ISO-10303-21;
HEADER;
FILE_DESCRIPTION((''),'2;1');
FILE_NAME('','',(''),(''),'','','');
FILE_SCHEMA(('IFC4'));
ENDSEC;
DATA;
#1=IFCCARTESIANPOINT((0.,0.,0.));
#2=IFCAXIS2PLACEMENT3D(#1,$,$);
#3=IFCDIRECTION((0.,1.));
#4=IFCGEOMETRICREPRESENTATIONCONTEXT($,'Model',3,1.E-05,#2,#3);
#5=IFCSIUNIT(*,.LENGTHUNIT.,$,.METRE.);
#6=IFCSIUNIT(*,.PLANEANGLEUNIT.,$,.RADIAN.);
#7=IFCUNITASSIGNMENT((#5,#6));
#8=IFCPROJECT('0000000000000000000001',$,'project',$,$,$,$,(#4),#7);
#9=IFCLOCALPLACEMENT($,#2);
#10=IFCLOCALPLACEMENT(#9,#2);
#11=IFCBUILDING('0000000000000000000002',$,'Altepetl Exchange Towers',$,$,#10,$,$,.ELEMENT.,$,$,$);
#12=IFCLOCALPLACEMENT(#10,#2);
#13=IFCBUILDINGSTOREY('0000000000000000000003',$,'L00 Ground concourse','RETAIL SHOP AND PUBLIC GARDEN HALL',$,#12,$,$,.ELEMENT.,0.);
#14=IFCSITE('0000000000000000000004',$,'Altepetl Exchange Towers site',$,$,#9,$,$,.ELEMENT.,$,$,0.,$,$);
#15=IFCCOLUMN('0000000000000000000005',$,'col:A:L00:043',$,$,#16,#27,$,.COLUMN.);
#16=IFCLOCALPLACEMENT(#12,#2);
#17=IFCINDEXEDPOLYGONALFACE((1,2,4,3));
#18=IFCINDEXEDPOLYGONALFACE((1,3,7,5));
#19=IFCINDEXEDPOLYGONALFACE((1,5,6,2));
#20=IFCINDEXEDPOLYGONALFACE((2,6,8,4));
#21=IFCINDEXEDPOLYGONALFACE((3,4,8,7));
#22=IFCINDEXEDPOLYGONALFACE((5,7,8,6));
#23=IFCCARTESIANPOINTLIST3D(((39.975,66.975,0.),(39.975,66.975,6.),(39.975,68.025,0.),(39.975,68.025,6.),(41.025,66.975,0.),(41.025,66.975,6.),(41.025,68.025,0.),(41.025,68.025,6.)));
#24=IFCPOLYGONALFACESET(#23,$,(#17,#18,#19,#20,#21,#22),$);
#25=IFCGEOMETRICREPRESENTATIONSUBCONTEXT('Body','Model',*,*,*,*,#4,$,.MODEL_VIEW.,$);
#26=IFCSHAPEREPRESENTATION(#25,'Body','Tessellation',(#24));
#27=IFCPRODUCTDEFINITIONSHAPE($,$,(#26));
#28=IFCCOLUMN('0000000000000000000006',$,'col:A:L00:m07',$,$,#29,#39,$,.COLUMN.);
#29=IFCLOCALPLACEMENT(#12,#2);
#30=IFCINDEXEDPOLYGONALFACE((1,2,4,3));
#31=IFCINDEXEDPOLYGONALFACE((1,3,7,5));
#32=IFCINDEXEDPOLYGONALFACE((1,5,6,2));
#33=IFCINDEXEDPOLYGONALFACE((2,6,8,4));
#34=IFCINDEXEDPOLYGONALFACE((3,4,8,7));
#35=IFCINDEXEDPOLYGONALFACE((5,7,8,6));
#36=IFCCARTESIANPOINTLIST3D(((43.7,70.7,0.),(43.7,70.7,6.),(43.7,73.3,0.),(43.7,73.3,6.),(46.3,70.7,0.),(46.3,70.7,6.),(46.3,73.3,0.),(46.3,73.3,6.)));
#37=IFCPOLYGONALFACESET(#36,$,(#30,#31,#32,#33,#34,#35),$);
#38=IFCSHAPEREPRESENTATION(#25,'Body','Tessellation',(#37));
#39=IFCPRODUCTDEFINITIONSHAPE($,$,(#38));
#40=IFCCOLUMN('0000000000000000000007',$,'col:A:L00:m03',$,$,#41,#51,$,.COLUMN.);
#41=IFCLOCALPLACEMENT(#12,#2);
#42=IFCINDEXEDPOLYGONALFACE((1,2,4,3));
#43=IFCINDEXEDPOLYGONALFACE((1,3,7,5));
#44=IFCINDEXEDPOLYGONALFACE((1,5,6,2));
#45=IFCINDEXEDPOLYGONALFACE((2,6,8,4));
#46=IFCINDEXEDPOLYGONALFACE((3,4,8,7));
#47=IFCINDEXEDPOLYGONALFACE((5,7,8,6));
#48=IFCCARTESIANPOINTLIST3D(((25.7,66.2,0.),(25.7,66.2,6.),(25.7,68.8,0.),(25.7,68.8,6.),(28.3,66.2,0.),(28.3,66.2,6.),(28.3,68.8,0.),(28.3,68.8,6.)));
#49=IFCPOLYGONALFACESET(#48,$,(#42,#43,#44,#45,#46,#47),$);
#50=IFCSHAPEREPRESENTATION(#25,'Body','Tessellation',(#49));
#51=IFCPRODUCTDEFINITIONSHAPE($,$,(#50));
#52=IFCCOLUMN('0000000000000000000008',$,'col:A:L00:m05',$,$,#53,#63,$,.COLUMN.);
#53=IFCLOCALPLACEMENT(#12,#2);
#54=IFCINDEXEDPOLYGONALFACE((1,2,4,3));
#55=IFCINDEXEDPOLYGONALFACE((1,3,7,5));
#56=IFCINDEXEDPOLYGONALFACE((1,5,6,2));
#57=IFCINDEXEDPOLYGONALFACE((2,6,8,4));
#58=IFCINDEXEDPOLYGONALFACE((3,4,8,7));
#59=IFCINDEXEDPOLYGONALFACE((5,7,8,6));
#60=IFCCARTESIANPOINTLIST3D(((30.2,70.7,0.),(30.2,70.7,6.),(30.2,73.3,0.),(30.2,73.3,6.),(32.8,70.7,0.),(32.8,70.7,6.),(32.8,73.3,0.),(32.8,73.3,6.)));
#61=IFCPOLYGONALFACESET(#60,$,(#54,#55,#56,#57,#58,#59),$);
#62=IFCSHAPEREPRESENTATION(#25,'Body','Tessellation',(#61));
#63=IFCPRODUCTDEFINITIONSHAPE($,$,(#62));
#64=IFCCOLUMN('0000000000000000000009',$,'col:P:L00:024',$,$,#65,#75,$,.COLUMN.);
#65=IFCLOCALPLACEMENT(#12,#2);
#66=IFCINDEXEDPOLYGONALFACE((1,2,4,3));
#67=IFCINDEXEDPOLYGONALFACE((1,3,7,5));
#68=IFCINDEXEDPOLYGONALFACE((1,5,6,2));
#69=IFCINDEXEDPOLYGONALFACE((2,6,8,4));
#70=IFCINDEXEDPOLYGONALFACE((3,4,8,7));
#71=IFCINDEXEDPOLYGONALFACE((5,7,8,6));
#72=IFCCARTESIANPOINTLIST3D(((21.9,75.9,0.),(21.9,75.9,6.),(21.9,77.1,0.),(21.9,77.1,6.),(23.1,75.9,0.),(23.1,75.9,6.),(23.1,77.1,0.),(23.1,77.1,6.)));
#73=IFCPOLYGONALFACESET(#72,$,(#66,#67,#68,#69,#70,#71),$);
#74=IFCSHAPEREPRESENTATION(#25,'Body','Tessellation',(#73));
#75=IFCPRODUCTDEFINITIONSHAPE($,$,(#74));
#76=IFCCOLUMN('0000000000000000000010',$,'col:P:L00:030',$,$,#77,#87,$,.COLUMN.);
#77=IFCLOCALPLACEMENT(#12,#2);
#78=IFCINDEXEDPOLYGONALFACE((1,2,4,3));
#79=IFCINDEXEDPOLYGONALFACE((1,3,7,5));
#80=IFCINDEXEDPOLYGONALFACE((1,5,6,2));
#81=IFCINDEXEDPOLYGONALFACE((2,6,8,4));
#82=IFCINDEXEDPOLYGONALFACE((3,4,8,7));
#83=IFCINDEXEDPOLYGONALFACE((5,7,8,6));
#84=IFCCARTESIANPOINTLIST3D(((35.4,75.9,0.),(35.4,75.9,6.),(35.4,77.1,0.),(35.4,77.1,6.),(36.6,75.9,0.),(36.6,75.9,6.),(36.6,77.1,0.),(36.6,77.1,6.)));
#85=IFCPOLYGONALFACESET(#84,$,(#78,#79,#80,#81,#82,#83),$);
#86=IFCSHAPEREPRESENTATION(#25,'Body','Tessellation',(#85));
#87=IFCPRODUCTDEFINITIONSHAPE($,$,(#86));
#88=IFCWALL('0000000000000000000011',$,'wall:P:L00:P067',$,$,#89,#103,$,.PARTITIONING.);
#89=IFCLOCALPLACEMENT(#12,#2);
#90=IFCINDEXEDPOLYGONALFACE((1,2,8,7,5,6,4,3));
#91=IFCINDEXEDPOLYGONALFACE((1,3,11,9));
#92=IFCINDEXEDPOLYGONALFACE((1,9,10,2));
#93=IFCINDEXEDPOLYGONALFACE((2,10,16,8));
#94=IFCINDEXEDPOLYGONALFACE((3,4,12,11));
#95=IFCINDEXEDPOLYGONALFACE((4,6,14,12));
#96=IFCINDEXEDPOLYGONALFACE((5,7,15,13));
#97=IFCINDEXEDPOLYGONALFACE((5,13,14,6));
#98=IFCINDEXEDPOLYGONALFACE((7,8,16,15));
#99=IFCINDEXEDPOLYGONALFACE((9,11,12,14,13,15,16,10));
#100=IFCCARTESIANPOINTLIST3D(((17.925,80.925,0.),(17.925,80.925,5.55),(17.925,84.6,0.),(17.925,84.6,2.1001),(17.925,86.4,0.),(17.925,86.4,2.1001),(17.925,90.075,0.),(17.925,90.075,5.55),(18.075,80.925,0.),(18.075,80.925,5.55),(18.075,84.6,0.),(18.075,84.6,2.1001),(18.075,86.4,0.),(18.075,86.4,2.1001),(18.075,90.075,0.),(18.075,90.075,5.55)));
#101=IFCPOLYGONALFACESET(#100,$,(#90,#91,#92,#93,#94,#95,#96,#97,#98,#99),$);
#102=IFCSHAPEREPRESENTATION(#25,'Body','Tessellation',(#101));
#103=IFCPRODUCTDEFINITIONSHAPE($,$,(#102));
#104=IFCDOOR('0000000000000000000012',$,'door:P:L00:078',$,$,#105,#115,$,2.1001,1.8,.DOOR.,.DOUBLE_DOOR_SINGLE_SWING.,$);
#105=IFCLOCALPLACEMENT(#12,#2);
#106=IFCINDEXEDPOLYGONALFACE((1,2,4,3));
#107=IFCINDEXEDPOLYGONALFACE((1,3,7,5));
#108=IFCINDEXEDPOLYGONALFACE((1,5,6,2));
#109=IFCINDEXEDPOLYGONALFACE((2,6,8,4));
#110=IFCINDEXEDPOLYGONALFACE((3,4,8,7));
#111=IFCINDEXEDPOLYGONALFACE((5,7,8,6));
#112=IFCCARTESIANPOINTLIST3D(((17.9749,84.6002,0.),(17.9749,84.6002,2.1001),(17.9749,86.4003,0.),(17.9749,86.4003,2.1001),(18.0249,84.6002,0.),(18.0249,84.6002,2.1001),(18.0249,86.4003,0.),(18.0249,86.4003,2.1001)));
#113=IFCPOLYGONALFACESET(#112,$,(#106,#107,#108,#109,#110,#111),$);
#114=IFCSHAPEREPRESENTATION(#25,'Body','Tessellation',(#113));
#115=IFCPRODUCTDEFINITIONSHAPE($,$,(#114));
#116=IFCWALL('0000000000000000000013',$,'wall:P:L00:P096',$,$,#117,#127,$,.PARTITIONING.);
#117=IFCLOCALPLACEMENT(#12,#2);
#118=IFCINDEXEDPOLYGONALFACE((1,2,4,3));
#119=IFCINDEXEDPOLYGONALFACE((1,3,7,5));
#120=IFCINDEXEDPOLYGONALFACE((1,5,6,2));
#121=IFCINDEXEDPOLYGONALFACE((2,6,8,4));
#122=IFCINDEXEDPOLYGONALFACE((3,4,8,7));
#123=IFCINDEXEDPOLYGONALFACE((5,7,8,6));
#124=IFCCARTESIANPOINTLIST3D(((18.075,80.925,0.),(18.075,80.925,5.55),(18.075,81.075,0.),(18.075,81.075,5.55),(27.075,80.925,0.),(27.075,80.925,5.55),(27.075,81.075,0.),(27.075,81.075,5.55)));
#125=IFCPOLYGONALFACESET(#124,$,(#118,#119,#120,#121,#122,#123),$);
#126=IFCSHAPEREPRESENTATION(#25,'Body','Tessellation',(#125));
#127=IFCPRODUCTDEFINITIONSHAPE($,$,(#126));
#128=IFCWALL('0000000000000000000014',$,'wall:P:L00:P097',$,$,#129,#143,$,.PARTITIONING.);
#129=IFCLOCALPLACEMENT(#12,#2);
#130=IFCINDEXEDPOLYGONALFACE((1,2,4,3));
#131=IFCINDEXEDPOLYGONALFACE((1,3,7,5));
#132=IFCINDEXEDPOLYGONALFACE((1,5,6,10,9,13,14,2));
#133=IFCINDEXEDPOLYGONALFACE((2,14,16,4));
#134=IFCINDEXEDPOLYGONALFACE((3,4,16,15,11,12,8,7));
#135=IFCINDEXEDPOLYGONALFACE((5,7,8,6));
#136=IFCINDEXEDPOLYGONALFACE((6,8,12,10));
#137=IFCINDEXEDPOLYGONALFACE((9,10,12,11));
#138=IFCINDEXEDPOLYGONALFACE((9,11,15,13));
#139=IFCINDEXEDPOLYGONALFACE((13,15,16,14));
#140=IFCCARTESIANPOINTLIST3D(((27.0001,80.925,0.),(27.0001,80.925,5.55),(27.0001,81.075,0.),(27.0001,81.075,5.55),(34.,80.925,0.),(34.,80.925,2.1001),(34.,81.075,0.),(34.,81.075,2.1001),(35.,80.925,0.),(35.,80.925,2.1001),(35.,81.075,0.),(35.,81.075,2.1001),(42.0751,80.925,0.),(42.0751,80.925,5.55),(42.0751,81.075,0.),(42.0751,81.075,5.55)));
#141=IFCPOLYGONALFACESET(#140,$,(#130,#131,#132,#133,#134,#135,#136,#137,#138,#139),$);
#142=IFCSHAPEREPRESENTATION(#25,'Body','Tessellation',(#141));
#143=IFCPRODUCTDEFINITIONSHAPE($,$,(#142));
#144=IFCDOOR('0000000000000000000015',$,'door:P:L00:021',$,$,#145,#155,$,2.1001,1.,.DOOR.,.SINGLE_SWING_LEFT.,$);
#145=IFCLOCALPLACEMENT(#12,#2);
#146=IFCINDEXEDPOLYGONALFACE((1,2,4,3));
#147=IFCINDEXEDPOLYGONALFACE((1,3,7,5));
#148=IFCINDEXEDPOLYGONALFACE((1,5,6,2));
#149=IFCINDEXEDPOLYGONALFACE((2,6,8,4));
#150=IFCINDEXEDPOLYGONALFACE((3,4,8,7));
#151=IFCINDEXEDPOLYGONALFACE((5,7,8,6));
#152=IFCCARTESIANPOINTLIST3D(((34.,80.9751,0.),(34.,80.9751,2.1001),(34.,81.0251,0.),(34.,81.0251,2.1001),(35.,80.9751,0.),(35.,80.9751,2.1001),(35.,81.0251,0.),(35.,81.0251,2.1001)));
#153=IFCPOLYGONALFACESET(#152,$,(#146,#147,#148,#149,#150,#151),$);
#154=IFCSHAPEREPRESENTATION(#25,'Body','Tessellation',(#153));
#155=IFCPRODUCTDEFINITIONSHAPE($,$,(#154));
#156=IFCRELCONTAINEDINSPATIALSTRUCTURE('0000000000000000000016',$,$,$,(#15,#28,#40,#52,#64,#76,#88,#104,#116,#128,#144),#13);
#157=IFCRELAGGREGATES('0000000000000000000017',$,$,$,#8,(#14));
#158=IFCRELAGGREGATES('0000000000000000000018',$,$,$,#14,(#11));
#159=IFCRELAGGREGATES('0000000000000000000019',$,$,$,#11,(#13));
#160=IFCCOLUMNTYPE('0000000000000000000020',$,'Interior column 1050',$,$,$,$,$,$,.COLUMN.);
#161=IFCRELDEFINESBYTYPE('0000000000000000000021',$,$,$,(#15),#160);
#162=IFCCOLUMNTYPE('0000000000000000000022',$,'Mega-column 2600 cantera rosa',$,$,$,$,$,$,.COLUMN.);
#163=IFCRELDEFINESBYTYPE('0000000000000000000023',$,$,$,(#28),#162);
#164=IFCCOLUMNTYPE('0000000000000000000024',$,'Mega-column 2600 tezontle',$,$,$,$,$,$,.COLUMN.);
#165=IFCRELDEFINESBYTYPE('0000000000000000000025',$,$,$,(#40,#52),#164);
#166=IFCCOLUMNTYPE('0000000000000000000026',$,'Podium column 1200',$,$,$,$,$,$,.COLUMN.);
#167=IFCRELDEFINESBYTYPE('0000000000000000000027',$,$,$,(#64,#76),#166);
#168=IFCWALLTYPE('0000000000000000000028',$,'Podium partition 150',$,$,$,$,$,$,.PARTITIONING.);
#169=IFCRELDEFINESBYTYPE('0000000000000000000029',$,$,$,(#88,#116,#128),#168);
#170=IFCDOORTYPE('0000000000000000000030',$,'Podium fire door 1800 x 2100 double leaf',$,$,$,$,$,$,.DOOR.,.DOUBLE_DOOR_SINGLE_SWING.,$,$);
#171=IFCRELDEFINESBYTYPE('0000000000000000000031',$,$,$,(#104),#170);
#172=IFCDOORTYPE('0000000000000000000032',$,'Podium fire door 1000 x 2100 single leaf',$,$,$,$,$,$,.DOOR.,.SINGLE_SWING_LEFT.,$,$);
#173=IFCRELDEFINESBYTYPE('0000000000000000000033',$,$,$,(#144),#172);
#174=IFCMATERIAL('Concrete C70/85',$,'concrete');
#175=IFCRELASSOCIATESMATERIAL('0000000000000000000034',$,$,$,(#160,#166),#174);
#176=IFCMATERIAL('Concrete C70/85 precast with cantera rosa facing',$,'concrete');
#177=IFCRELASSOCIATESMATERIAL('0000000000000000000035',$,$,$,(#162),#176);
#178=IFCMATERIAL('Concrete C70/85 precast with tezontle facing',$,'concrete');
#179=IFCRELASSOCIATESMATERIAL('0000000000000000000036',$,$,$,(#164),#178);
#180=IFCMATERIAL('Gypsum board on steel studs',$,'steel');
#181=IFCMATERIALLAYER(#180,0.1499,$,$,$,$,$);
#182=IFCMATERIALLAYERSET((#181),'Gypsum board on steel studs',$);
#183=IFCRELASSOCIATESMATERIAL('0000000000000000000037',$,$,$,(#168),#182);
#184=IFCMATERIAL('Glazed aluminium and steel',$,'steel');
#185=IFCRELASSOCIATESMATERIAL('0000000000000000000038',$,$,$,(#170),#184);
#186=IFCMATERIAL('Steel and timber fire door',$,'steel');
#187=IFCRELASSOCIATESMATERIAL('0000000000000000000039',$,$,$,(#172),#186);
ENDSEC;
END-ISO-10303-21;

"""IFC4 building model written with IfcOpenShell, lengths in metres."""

from ifc_helpers import new_model, si_unit, direction, frame, frame_2d, origin, origin_2d, place, context, subcontext, project, spatial, rectangle, extrude, material, layer, layer_set, material_profile, profile_set, type_object, element, fill, save


model = new_model("IFC4")

# Units and contexts
model_context = context("Model", 3, precision=1e-05, world=origin(), true_north=direction((0.0, 1.0)))
body_context = subcontext(model_context, "Body", "Model", "MODEL_VIEW")
ifc_project = project(units=[si_unit("LENGTHUNIT", "METRE"), si_unit("PLANEANGLEUNIT", "RADIAN")], contexts=[model_context])

# Site, building, storey
site_placement = place(None, origin())
site = spatial("IfcSite", under=ifc_project, at=site_placement, Name="Altepetl Exchange Towers site", CompositionType="ELEMENT", RefElevation=0.0)
building_placement = place(site_placement, origin())
building = spatial("IfcBuilding", under=site, at=building_placement, Name="Altepetl Exchange Towers", CompositionType="ELEMENT")
storey_placement = place(building_placement, origin())
storey = spatial("IfcBuildingStorey", under=building, at=storey_placement, Name="L00 Ground concourse", Description="RETAIL SHOP AND PUBLIC GARDEN HALL", CompositionType="ELEMENT", Elevation=0.0)

# Columns
ifc_material_1 = material(Name="Concrete C70/85", Category="concrete")
ifc_material_profile_1 = material_profile(ifc_material_1, rectangle(XDim=1.05, YDim=1.05, at=origin_2d()), Name="1050 x 1050")
ifc_profile_set_1 = profile_set([ifc_material_profile_1], Name="Concrete C70/85")
column_type_1 = type_object("IfcColumnType", Name="Interior column 1050", PredefinedType="COLUMN", material=ifc_profile_set_1)
column_1_placement = place(storey_placement, frame((40.5, 67.5, 0.0)))
element("IfcColumn", 1, at=column_1_placement, inside=storey, type_object=column_type_1, Name="col:A:L00:043", PredefinedType="COLUMN", context=body_context, shape_type="SweptSolid", body=[
    extrude(rectangle(XDim=1.05, YDim=1.05, at=origin_2d()), origin(), (0.0, 0.0, 1.0), 6.0),
])
ifc_material_2 = material(Name="Concrete C70/85 precast with cantera rosa facing", Category="concrete")
ifc_material_profile_2 = material_profile(ifc_material_2, rectangle(XDim=2.6001, YDim=2.6001, at=origin_2d()), Name="2600 x 2600")
ifc_profile_set_2 = profile_set([ifc_material_profile_2], Name="Concrete C70/85 precast with cantera rosa facing")
column_type_2 = type_object("IfcColumnType", Name="Mega-column 2600 cantera rosa", PredefinedType="COLUMN", material=ifc_profile_set_2)
column_2_placement = place(storey_placement, frame((45.0, 72.0, 0.0)))
element("IfcColumn", 2, at=column_2_placement, inside=storey, type_object=column_type_2, Name="col:A:L00:m07", PredefinedType="COLUMN", context=body_context, shape_type="SweptSolid", body=[
    extrude(rectangle(XDim=2.6001, YDim=2.6001, at=origin_2d()), origin(), (0.0, 0.0, 1.0), 6.0),
])
ifc_material_3 = material(Name="Concrete C70/85 precast with tezontle facing", Category="concrete")
ifc_material_profile_3 = material_profile(ifc_material_3, rectangle(XDim=2.6001, YDim=2.6001, at=origin_2d()), Name="2600 x 2600")
ifc_profile_set_3 = profile_set([ifc_material_profile_3], Name="Concrete C70/85 precast with tezontle facing")
column_type_3 = type_object("IfcColumnType", Name="Mega-column 2600 tezontle", PredefinedType="COLUMN", material=ifc_profile_set_3)
for number, where, name in (
    (3, (27.0, 67.5, 0.0), "col:A:L00:m03"),
    (4, (31.5, 72.0, 0.0), "col:A:L00:m05"),
):
    element("IfcColumn", number, at=place(storey_placement, frame(where)), inside=storey, type_object=column_type_3, Name=name, PredefinedType="COLUMN", context=body_context, shape_type="SweptSolid", body=[
        extrude(rectangle(XDim=2.6001, YDim=2.6001, at=origin_2d()), origin(), (0.0, 0.0, 1.0), 6.0),
    ])
ifc_material_profile_4 = material_profile(ifc_material_1, rectangle(XDim=1.2, YDim=1.2, at=origin_2d()), Name="1200 x 1200")
ifc_profile_set_4 = profile_set([ifc_material_profile_4], Name="Concrete C70/85")
column_type_4 = type_object("IfcColumnType", Name="Podium column 1200", PredefinedType="COLUMN", material=ifc_profile_set_4)
for number, where, name in (
    (5, (22.5, 76.5, 0.0), "col:P:L00:024"),
    (6, (36.0, 76.5, 0.0), "col:P:L00:030"),
):
    element("IfcColumn", number, at=place(storey_placement, frame(where)), inside=storey, type_object=column_type_4, Name=name, PredefinedType="COLUMN", context=body_context, shape_type="SweptSolid", body=[
        extrude(rectangle(XDim=1.2, YDim=1.2, at=origin_2d()), origin(), (0.0, 0.0, 1.0), 6.0),
    ])

# Wall, opening, door
ifc_material_4 = material(Name="Gypsum board on steel studs", Category="steel")
ifc_layer = layer(ifc_material_4, 0.1499)
ifc_layer_set = layer_set([ifc_layer], Name="Gypsum board on steel studs")
wall_type = type_object("IfcWallType", Name="Podium partition 150", PredefinedType="PARTITIONING", material=ifc_layer_set)
wall_1_placement = place(storey_placement, frame((18.0, 80.925, 0.0), z_axis=(0.0, 0.0, 1.0), x_axis=(0.0, 1.0, 0.0)))
wall_1 = element("IfcWall", 7, at=wall_1_placement, inside=storey, type_object=wall_type, Name="wall:P:L00:P067", PredefinedType="PARTITIONING", context=body_context, shape_type="SweptSolid", body=[
    extrude(rectangle(XDim=9.1499, YDim=0.1499, at=frame_2d((4.575, 0.0))), origin(), (0.0, 0.0, 1.0), 5.55),
])
opening_1_placement = place(wall_1_placement, frame((3.675, 0.0, 0.0)))
opening_1 = element("IfcOpeningElement", 8, at=opening_1_placement, cuts=wall_1, PredefinedType="OPENING", context=body_context, shape_type="SweptSolid", body=[
    extrude(rectangle(XDim=1.8, YDim=2.1001, at=frame_2d((0.8999, 1.05))), frame((0.0, 0.085, 0.0), z_axis=(0.0, -1.0, 0.0), x_axis=(1.0, 0.0, 0.0)), (0.0, 0.0, 1.0), 0.1699),
])
ifc_material_5 = material(Name="Glazed aluminium and steel", Category="steel")
door_type_1 = type_object("IfcDoorType", Name="Podium fire door 1800 x 2100 double leaf", OperationType="DOUBLE_DOOR_SINGLE_SWING", PredefinedType="DOOR", material=ifc_material_5)
door_1_placement = place(opening_1_placement, frame((1.8, 0.0, 0.0), x_axis=(-1.0, 0.0, 0.0)))
door_1 = element("IfcDoor", 9, at=door_1_placement, inside=storey, type_object=door_type_1, Name="door:P:L00:078", OperationType="DOUBLE_DOOR_SINGLE_SWING", OverallHeight=2.1001, OverallWidth=1.8, PredefinedType="DOOR", context=body_context, shape_type="SweptSolid", body=[
    extrude(rectangle(XDim=1.8, YDim=2.1001, at=frame_2d((0.8999, 1.05))), frame((0.0, 0.0249, 0.0), z_axis=(0.0, -1.0, 0.0), x_axis=(1.0, 0.0, 0.0)), (0.0, 0.0, 1.0), 0.05),
])
fill(opening_1, door_1)

# Wall
wall_2_placement = place(storey_placement, frame((18.075, 81.0, 0.0)))
element("IfcWall", 10, at=wall_2_placement, inside=storey, type_object=wall_type, Name="wall:P:L00:P096", PredefinedType="PARTITIONING", context=body_context, shape_type="SweptSolid", body=[
    extrude(rectangle(XDim=9.0, YDim=0.1499, at=frame_2d((4.5, 0.0))), origin(), (0.0, 0.0, 1.0), 5.55),
])

# Wall, opening, door
wall_3_placement = place(storey_placement, frame((27.0, 81.0, 0.0)))
wall_3 = element("IfcWall", 11, at=wall_3_placement, inside=storey, type_object=wall_type, Name="wall:P:L00:P097", PredefinedType="PARTITIONING", context=body_context, shape_type="SweptSolid", body=[
    extrude(rectangle(XDim=15.075, YDim=0.1499, at=frame_2d((7.5376, 0.0))), origin(), (0.0, 0.0, 1.0), 5.55),
])
opening_2_placement = place(wall_3_placement, frame((7.0, 0.0, 0.0)))
opening_2 = element("IfcOpeningElement", 12, at=opening_2_placement, cuts=wall_3, PredefinedType="OPENING", context=body_context, shape_type="SweptSolid", body=[
    extrude(rectangle(XDim=1.0, YDim=2.1001, at=frame_2d((0.5, 1.05))), frame((0.0, 0.085, 0.0), z_axis=(0.0, -1.0, 0.0), x_axis=(1.0, 0.0, 0.0)), (0.0, 0.0, 1.0), 0.1699),
])
ifc_material_6 = material(Name="Steel and timber fire door", Category="steel")
door_type_2 = type_object("IfcDoorType", Name="Podium fire door 1000 x 2100 single leaf", OperationType="SINGLE_SWING_LEFT", PredefinedType="DOOR", material=ifc_material_6)
door_2_placement = place(opening_2_placement, frame((1.0, 0.0, 0.0), x_axis=(-1.0, 0.0, 0.0)))
door_2 = element("IfcDoor", 13, at=door_2_placement, inside=storey, type_object=door_type_2, Name="door:P:L00:021", OperationType="SINGLE_SWING_LEFT", OverallHeight=2.1001, OverallWidth=1.0, PredefinedType="DOOR", context=body_context, shape_type="SweptSolid", body=[
    extrude(rectangle(XDim=1.0, YDim=2.1001, at=frame_2d((0.5, 1.05))), frame((0.0, 0.0249, 0.0), z_axis=(0.0, -1.0, 0.0), x_axis=(1.0, 0.0, 0.0)), (0.0, 0.0, 1.0), 0.05),
])
fill(opening_2, door_2)

save(model, "model.ifc")
